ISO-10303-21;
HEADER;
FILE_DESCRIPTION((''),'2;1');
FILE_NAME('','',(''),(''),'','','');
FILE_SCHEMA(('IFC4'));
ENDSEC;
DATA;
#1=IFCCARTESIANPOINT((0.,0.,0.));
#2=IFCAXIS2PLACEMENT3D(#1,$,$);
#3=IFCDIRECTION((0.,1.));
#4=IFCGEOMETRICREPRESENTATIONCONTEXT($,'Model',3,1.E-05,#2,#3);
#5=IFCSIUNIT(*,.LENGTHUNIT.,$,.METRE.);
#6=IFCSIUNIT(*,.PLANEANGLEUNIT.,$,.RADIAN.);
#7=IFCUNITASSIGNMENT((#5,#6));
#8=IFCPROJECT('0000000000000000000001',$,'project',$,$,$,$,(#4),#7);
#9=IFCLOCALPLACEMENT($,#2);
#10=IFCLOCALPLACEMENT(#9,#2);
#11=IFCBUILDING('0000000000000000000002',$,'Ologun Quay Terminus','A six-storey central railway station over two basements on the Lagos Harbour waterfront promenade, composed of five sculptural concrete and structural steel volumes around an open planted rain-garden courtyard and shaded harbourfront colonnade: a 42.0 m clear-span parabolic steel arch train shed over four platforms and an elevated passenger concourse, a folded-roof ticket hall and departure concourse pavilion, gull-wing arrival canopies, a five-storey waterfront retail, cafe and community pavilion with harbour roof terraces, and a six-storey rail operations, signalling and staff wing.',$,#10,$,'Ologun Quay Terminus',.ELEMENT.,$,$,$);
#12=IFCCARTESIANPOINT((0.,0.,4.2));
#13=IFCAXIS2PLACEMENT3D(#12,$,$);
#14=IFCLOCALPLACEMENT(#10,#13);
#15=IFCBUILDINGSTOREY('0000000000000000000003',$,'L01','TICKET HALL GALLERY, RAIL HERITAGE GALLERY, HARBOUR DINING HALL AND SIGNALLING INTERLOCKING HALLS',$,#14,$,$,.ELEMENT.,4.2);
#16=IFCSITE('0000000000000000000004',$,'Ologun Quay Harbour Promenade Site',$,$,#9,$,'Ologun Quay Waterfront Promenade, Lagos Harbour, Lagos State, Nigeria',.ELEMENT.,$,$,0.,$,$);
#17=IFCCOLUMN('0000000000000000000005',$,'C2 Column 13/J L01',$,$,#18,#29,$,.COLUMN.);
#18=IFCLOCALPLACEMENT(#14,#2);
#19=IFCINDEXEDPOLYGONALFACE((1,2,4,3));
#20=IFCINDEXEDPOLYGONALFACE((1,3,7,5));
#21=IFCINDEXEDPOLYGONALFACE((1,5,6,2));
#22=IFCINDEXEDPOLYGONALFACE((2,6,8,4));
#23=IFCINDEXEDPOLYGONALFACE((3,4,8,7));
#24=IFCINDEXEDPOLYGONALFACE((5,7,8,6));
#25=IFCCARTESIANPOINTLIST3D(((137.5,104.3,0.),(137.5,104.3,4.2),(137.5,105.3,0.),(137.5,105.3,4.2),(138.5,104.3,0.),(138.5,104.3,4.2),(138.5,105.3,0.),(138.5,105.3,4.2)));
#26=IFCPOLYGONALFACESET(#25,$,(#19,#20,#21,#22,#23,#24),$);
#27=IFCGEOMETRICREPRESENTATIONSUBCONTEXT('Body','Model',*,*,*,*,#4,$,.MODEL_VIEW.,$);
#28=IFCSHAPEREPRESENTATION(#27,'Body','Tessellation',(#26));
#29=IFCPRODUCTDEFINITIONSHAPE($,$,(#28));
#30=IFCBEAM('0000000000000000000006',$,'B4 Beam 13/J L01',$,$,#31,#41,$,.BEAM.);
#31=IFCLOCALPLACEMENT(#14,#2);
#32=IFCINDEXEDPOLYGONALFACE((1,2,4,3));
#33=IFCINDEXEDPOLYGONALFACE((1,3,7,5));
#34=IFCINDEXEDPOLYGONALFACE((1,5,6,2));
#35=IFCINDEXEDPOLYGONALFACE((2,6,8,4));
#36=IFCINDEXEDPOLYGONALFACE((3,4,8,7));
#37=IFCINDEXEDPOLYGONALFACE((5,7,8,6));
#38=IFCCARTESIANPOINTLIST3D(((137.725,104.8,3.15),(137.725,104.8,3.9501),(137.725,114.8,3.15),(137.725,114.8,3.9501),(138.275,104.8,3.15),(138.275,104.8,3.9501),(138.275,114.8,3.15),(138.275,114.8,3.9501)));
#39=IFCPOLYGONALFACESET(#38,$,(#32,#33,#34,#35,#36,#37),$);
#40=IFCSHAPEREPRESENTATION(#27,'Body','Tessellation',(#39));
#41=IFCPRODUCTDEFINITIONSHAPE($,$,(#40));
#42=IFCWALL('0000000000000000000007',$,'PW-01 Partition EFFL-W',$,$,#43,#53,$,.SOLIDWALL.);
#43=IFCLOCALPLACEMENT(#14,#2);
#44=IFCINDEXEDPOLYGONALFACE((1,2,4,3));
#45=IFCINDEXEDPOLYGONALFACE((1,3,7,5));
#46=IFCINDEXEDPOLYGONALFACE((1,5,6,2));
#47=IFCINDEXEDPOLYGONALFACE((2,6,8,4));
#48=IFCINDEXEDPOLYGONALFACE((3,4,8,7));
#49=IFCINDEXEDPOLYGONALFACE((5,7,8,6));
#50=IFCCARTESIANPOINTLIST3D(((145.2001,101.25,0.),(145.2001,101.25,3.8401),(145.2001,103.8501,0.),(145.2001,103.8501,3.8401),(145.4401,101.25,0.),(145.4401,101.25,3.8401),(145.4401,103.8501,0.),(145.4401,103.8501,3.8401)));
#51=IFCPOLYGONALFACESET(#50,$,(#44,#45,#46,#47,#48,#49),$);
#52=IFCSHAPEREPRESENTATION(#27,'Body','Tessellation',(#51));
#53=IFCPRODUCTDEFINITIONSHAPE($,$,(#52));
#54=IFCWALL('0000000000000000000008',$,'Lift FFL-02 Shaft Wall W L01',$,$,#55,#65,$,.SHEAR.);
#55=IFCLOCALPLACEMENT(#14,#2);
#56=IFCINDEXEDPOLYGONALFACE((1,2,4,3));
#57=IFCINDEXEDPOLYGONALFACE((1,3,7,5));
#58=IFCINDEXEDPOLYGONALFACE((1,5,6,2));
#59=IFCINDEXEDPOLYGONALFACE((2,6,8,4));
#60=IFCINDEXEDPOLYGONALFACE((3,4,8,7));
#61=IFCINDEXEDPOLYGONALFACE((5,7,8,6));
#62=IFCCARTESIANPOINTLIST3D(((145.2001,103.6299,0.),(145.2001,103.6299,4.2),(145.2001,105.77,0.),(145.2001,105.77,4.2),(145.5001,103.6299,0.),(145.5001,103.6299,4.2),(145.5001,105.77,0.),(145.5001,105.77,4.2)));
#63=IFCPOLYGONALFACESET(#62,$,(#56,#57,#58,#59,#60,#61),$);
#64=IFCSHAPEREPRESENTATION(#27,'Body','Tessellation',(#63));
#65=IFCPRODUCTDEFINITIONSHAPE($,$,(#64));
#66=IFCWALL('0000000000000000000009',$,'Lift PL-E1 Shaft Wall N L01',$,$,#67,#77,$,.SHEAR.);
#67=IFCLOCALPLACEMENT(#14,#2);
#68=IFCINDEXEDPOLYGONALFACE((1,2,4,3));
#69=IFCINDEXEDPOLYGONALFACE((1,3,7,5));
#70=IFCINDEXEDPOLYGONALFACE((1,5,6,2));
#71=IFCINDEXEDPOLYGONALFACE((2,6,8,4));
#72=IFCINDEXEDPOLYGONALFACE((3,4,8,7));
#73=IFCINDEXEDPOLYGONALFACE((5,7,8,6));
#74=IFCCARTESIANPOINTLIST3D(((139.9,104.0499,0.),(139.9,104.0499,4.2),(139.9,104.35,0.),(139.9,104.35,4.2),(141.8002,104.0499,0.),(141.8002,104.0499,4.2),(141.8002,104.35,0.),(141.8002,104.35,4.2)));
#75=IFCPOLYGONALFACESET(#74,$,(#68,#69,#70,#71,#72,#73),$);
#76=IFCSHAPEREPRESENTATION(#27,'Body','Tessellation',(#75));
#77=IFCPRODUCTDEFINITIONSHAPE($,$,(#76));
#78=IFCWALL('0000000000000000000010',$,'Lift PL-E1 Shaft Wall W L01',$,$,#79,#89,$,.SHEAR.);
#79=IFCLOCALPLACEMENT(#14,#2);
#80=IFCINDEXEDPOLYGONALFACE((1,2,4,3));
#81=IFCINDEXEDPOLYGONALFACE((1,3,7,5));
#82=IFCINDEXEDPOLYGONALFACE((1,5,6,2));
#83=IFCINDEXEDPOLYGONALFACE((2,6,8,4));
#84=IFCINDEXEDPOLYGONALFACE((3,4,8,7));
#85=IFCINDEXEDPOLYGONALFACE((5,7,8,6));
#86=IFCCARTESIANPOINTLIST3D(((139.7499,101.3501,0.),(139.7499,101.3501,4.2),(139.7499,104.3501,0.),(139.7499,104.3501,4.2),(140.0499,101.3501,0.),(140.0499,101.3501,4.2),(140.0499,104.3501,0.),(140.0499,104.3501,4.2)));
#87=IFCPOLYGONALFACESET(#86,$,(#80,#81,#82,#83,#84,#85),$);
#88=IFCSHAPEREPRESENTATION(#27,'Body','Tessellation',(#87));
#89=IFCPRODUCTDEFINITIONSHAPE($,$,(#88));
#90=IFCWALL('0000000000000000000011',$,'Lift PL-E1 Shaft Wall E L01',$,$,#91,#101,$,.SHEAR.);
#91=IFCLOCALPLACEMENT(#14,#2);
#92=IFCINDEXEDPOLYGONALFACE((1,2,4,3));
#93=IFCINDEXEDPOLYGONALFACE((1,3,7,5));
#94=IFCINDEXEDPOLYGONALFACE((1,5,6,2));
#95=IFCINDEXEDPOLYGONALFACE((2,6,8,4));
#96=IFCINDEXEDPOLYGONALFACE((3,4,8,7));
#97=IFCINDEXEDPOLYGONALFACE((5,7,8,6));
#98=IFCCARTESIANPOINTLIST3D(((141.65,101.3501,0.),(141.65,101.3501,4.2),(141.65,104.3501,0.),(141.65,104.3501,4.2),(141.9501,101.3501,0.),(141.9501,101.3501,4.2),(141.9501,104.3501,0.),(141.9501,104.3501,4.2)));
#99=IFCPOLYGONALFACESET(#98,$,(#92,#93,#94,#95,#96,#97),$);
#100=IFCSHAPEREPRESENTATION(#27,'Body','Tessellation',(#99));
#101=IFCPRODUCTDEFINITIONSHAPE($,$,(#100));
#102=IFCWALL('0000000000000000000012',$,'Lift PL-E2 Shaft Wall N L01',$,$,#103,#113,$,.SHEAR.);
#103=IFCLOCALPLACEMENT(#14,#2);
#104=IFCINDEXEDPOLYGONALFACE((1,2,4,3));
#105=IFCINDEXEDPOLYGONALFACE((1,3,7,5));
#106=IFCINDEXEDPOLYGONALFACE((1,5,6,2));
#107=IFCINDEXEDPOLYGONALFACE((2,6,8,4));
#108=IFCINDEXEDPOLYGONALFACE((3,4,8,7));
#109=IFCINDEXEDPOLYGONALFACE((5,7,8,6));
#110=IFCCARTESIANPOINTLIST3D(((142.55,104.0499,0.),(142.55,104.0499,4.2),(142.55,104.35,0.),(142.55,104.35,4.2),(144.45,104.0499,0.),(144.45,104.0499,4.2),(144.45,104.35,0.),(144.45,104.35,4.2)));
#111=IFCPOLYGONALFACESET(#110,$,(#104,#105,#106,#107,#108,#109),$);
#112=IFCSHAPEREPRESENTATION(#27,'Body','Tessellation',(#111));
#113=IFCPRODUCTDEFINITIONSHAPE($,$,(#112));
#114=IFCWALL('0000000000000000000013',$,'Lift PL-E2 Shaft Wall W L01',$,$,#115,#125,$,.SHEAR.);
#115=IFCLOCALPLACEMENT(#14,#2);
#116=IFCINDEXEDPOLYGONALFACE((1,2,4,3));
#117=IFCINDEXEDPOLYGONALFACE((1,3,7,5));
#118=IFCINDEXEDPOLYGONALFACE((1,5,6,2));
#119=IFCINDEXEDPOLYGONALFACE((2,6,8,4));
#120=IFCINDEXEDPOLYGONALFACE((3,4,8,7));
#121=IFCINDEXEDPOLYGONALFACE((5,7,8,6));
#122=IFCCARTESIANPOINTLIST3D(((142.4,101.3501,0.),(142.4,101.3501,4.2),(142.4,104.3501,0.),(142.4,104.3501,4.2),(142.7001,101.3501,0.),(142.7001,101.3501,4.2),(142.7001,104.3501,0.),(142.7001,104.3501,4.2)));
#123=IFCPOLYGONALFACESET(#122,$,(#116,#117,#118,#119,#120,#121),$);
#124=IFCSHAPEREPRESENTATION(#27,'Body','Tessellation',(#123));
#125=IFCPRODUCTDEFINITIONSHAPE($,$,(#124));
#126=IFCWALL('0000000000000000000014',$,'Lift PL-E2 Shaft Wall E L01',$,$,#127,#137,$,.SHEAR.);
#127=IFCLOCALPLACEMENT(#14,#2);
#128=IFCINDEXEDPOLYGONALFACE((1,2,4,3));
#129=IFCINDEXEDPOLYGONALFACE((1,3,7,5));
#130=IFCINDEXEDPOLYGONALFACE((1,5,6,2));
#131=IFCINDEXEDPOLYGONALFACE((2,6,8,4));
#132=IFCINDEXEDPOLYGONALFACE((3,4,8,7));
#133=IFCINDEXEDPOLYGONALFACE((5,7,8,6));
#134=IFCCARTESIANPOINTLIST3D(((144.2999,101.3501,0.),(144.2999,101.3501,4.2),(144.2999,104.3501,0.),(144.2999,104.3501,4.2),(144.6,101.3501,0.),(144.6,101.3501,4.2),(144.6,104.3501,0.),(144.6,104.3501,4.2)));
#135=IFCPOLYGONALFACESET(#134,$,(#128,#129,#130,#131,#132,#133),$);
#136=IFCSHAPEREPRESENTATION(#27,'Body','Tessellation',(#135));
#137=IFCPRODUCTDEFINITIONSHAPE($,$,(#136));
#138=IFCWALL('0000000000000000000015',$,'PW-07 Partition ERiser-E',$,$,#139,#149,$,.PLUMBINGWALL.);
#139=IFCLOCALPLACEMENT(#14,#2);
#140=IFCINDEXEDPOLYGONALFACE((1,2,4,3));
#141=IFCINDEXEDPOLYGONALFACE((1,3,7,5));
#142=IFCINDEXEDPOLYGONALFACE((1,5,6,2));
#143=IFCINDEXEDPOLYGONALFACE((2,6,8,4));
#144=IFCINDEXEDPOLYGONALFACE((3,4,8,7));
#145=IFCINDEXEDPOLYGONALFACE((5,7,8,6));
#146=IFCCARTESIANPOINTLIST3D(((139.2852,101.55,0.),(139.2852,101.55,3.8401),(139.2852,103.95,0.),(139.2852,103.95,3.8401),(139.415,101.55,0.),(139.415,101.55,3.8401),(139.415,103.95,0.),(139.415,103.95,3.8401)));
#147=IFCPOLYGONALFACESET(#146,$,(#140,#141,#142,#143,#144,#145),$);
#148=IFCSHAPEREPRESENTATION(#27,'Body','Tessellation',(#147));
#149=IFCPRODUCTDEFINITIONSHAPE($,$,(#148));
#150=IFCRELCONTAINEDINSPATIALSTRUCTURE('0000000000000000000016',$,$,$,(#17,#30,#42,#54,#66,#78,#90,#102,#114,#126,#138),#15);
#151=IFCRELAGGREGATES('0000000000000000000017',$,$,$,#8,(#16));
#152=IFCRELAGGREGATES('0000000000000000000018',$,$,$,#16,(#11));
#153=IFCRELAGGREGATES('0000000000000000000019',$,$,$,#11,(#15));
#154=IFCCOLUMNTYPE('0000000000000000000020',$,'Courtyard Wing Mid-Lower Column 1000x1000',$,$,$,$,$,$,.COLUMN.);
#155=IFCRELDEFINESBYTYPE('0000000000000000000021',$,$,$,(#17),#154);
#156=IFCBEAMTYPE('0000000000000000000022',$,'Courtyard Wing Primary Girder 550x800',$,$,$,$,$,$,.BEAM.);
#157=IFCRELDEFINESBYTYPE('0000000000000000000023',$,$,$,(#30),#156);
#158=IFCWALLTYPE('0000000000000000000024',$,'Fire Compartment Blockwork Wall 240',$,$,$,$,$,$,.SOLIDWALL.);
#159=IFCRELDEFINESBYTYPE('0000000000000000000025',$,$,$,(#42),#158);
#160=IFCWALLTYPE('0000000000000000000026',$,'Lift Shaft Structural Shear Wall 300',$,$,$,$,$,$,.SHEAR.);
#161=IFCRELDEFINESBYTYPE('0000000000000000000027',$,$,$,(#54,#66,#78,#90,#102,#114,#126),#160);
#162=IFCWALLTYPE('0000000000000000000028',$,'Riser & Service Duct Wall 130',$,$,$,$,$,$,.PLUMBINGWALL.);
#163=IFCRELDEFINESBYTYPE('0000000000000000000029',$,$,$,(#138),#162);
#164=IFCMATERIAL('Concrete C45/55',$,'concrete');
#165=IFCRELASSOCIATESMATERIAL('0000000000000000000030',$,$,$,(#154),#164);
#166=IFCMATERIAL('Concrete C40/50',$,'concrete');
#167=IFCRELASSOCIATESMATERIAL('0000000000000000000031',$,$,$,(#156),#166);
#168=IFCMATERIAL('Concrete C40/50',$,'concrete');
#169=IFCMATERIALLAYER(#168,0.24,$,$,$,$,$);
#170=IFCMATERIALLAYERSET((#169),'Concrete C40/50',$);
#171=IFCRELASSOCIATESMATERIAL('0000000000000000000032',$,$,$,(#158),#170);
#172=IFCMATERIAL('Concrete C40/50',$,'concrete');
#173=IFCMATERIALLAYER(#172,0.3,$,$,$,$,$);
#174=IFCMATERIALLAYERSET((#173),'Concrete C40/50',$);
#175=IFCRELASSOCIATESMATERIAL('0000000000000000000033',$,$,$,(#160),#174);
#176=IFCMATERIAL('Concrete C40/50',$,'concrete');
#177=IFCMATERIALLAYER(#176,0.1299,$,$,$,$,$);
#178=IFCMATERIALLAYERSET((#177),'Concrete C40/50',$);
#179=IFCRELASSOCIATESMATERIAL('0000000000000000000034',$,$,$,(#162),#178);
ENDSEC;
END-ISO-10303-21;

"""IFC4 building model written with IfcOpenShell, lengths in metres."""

from ifc_helpers import new_model, si_unit, direction, frame, frame_2d, origin, origin_2d, place, context, subcontext, project, spatial, rectangle, extrude, material, layer, layer_set, material_profile, profile_set, type_object, element, save


model = new_model("IFC4")

# Units and contexts
model_context = context("Model", 3, precision=1e-05, world=origin(), true_north=direction((0.0, 1.0)))
body_context = subcontext(model_context, "Body", "Model", "MODEL_VIEW")
ifc_project = project(units=[si_unit("LENGTHUNIT", "METRE"), si_unit("PLANEANGLEUNIT", "RADIAN")], contexts=[model_context])

# Site, building, storey
site_placement = place(None, origin())
site = spatial("IfcSite", under=ifc_project, at=site_placement, Name="Ologun Quay Harbour Promenade Site", LongName="Ologun Quay Waterfront Promenade, Lagos Harbour, Lagos State, Nigeria", CompositionType="ELEMENT", RefElevation=0.0)
building_placement = place(site_placement, origin())
building = spatial("IfcBuilding", under=site, at=building_placement, Name="Ologun Quay Terminus", Description="A six-storey central railway station over two basements on the Lagos Harbour waterfront promenade, composed of five sculptural concrete and structural steel volumes around an open planted rain-garden courtyard and shaded harbourfront colonnade: a 42.0 m clear-span parabolic steel arch train shed over four platforms and an elevated passenger concourse, a folded-roof ticket hall and departure concourse pavilion, gull-wing arrival canopies, a five-storey waterfront retail, cafe and community pavilion with harbour roof terraces, and a six-storey rail operations, signalling and staff wing.", LongName="Ologun Quay Terminus", CompositionType="ELEMENT")
storey_placement = place(building_placement, frame((0.0, 0.0, 4.2)))
storey = spatial("IfcBuildingStorey", under=building, at=storey_placement, Name="L01", Description="TICKET HALL GALLERY, RAIL HERITAGE GALLERY, HARBOUR DINING HALL AND SIGNALLING INTERLOCKING HALLS", CompositionType="ELEMENT", Elevation=4.2)

# Column
ifc_material_1 = material(Name="Concrete C45/55", Category="concrete")
ifc_material_profile_1 = material_profile(ifc_material_1, rectangle(XDim=1.0, YDim=1.0, at=origin_2d()), Name="RC 1000x1000")
ifc_profile_set_1 = profile_set([ifc_material_profile_1], Name="Concrete C45/55")
column_type = type_object("IfcColumnType", Name="Courtyard Wing Mid-Lower Column 1000x1000", PredefinedType="COLUMN", material=ifc_profile_set_1)
column_placement = place(storey_placement, frame((138.0, 104.8, 0.0), z_axis=(0.0, 0.0, 1.0), x_axis=(1.0, 0.0, 0.0)))
element("IfcColumn", 1, at=column_placement, inside=storey, type_object=column_type, Name="C2 Column 13/J L01", PredefinedType="COLUMN", context=body_context, shape_type="SweptSolid", body=[
    extrude(rectangle(XDim=1.0, YDim=1.0, at=origin_2d()), origin(), (0.0, 0.0, 1.0), 4.2),
])

# Beam
ifc_material_2 = material(Name="Concrete C40/50", Category="concrete")
ifc_material_profile_2 = material_profile(ifc_material_2, rectangle(XDim=0.55, YDim=0.8, at=origin_2d()), Name="RC 550x800")
ifc_profile_set_2 = profile_set([ifc_material_profile_2], Name="Concrete C40/50")
beam_type = type_object("IfcBeamType", Name="Courtyard Wing Primary Girder 550x800", PredefinedType="BEAM", material=ifc_profile_set_2)
beam_placement = place(storey_placement, frame((138.0, 104.8, 3.55), z_axis=(0.0, 1.0, 0.0), x_axis=(-1.0, 0.0, 0.0)))
element("IfcBeam", 2, at=beam_placement, inside=storey, type_object=beam_type, Name="B4 Beam 13/J L01", PredefinedType="BEAM", context=body_context, shape_type="SweptSolid", body=[
    extrude(rectangle(XDim=0.55, YDim=0.8, at=origin_2d()), origin(), (0.0, 0.0, 1.0), 10.0),
])

# Walls
ifc_material_3 = material(Name="Concrete C40/50", Category="concrete")
ifc_layer_1 = layer(ifc_material_3, 0.24)
ifc_layer_set_1 = layer_set([ifc_layer_1], Name="Concrete C40/50")
wall_type_1 = type_object("IfcWallType", Name="Fire Compartment Blockwork Wall 240", PredefinedType="SOLIDWALL", material=ifc_layer_set_1)
wall_1_placement = place(storey_placement, frame((145.3201, 101.25, 0.0), z_axis=(0.0, 0.0, 1.0), x_axis=(0.0, 1.0, 0.0)))
element("IfcWall", 3, at=wall_1_placement, inside=storey, type_object=wall_type_1, Name="PW-01 Partition EFFL-W", PredefinedType="SOLIDWALL", context=body_context, shape_type="SweptSolid", body=[
    extrude(rectangle(XDim=2.6001, YDim=0.24, at=frame_2d((1.3, 0.0))), origin(), (0.0, 0.0, 1.0), 3.8401),
])
ifc_material_4 = material(Name="Concrete C40/50", Category="concrete")
ifc_layer_2 = layer(ifc_material_4, 0.3)
ifc_layer_set_2 = layer_set([ifc_layer_2], Name="Concrete C40/50")
wall_type_2 = type_object("IfcWallType", Name="Lift Shaft Structural Shear Wall 300", PredefinedType="SHEAR", material=ifc_layer_set_2)
wall_2_placement = place(storey_placement, frame((145.3501, 103.6299, 0.0), z_axis=(0.0, 0.0, 1.0), x_axis=(0.0, 1.0, 0.0)))
element("IfcWall", 4, at=wall_2_placement, inside=storey, type_object=wall_type_2, Name="Lift FFL-02 Shaft Wall W L01", PredefinedType="SHEAR", context=body_context, shape_type="SweptSolid", body=[
    extrude(rectangle(XDim=2.1401, YDim=0.3, at=frame_2d((1.0701, 0.0))), origin(), (0.0, 0.0, 1.0), 4.2),
])

# Walls
wall_3_placement = place(storey_placement, frame((139.8999, 104.2, 0.0), z_axis=(0.0, 0.0, 1.0), x_axis=(1.0, 0.0, 0.0)))
element("IfcWall", 5, at=wall_3_placement, inside=storey, type_object=wall_type_2, Name="Lift PL-E1 Shaft Wall N L01", PredefinedType="SHEAR", context=body_context, shape_type="SweptSolid", body=[
    extrude(rectangle(XDim=1.9001, YDim=0.3, at=frame_2d((0.9502, 0.0))), origin(), (0.0, 0.0, 1.0), 4.2),
])
for number, where, z_axis, x_axis, name in (
    (6, (139.8999, 101.3501, 0.0), (0.0, 0.0, 1.0), (0.0, 1.0, 0.0), "Lift PL-E1 Shaft Wall W L01"),
    (7, (141.8, 101.3501, 0.0), (0.0, 0.0, 1.0), (0.0, 1.0, 0.0), "Lift PL-E1 Shaft Wall E L01"),
):
    element("IfcWall", number, at=place(storey_placement, frame(where, z_axis=z_axis, x_axis=x_axis)), inside=storey, type_object=wall_type_2, Name=name, PredefinedType="SHEAR", context=body_context, shape_type="SweptSolid", body=[
        extrude(rectangle(XDim=3.0, YDim=0.3, at=frame_2d((1.5, 0.0))), origin(), (0.0, 0.0, 1.0), 4.2),
    ])

# Walls
wall_4_placement = place(storey_placement, frame((142.55, 104.2, 0.0), z_axis=(0.0, 0.0, 1.0), x_axis=(1.0, 0.0, 0.0)))
element("IfcWall", 8, at=wall_4_placement, inside=storey, type_object=wall_type_2, Name="Lift PL-E2 Shaft Wall N L01", PredefinedType="SHEAR", context=body_context, shape_type="SweptSolid", body=[
    extrude(rectangle(XDim=1.8999, YDim=0.3, at=frame_2d((0.95, 0.0))), origin(), (0.0, 0.0, 1.0), 4.2),
])
for number, where, z_axis, x_axis, name in (
    (9, (142.55, 101.3501, 0.0), (0.0, 0.0, 1.0), (0.0, 1.0, 0.0), "Lift PL-E2 Shaft Wall W L01"),
    (10, (144.45, 101.3501, 0.0), (0.0, 0.0, 1.0), (0.0, 1.0, 0.0), "Lift PL-E2 Shaft Wall E L01"),
):
    element("IfcWall", number, at=place(storey_placement, frame(where, z_axis=z_axis, x_axis=x_axis)), inside=storey, type_object=wall_type_2, Name=name, PredefinedType="SHEAR", context=body_context, shape_type="SweptSolid", body=[
        extrude(rectangle(XDim=3.0, YDim=0.3, at=frame_2d((1.5, 0.0))), origin(), (0.0, 0.0, 1.0), 4.2),
    ])
ifc_material_5 = material(Name="Concrete C40/50", Category="concrete")
ifc_layer_3 = layer(ifc_material_5, 0.1299)
ifc_layer_set_3 = layer_set([ifc_layer_3], Name="Concrete C40/50")
wall_type_3 = type_object("IfcWallType", Name="Riser & Service Duct Wall 130", PredefinedType="PLUMBINGWALL", material=ifc_layer_set_3)
wall_5_placement = place(storey_placement, frame((139.3501, 101.55, 0.0), z_axis=(0.0, 0.0, 1.0), x_axis=(0.0, 1.0, 0.0)))
element("IfcWall", 11, at=wall_5_placement, inside=storey, type_object=wall_type_3, Name="PW-07 Partition ERiser-E", PredefinedType="PLUMBINGWALL", context=body_context, shape_type="SweptSolid", body=[
    extrude(rectangle(XDim=2.3999, YDim=0.1299, at=frame_2d((1.2, 0.0))), origin(), (0.0, 0.0, 1.0), 3.8401),
])

save(model, "model.ifc")
